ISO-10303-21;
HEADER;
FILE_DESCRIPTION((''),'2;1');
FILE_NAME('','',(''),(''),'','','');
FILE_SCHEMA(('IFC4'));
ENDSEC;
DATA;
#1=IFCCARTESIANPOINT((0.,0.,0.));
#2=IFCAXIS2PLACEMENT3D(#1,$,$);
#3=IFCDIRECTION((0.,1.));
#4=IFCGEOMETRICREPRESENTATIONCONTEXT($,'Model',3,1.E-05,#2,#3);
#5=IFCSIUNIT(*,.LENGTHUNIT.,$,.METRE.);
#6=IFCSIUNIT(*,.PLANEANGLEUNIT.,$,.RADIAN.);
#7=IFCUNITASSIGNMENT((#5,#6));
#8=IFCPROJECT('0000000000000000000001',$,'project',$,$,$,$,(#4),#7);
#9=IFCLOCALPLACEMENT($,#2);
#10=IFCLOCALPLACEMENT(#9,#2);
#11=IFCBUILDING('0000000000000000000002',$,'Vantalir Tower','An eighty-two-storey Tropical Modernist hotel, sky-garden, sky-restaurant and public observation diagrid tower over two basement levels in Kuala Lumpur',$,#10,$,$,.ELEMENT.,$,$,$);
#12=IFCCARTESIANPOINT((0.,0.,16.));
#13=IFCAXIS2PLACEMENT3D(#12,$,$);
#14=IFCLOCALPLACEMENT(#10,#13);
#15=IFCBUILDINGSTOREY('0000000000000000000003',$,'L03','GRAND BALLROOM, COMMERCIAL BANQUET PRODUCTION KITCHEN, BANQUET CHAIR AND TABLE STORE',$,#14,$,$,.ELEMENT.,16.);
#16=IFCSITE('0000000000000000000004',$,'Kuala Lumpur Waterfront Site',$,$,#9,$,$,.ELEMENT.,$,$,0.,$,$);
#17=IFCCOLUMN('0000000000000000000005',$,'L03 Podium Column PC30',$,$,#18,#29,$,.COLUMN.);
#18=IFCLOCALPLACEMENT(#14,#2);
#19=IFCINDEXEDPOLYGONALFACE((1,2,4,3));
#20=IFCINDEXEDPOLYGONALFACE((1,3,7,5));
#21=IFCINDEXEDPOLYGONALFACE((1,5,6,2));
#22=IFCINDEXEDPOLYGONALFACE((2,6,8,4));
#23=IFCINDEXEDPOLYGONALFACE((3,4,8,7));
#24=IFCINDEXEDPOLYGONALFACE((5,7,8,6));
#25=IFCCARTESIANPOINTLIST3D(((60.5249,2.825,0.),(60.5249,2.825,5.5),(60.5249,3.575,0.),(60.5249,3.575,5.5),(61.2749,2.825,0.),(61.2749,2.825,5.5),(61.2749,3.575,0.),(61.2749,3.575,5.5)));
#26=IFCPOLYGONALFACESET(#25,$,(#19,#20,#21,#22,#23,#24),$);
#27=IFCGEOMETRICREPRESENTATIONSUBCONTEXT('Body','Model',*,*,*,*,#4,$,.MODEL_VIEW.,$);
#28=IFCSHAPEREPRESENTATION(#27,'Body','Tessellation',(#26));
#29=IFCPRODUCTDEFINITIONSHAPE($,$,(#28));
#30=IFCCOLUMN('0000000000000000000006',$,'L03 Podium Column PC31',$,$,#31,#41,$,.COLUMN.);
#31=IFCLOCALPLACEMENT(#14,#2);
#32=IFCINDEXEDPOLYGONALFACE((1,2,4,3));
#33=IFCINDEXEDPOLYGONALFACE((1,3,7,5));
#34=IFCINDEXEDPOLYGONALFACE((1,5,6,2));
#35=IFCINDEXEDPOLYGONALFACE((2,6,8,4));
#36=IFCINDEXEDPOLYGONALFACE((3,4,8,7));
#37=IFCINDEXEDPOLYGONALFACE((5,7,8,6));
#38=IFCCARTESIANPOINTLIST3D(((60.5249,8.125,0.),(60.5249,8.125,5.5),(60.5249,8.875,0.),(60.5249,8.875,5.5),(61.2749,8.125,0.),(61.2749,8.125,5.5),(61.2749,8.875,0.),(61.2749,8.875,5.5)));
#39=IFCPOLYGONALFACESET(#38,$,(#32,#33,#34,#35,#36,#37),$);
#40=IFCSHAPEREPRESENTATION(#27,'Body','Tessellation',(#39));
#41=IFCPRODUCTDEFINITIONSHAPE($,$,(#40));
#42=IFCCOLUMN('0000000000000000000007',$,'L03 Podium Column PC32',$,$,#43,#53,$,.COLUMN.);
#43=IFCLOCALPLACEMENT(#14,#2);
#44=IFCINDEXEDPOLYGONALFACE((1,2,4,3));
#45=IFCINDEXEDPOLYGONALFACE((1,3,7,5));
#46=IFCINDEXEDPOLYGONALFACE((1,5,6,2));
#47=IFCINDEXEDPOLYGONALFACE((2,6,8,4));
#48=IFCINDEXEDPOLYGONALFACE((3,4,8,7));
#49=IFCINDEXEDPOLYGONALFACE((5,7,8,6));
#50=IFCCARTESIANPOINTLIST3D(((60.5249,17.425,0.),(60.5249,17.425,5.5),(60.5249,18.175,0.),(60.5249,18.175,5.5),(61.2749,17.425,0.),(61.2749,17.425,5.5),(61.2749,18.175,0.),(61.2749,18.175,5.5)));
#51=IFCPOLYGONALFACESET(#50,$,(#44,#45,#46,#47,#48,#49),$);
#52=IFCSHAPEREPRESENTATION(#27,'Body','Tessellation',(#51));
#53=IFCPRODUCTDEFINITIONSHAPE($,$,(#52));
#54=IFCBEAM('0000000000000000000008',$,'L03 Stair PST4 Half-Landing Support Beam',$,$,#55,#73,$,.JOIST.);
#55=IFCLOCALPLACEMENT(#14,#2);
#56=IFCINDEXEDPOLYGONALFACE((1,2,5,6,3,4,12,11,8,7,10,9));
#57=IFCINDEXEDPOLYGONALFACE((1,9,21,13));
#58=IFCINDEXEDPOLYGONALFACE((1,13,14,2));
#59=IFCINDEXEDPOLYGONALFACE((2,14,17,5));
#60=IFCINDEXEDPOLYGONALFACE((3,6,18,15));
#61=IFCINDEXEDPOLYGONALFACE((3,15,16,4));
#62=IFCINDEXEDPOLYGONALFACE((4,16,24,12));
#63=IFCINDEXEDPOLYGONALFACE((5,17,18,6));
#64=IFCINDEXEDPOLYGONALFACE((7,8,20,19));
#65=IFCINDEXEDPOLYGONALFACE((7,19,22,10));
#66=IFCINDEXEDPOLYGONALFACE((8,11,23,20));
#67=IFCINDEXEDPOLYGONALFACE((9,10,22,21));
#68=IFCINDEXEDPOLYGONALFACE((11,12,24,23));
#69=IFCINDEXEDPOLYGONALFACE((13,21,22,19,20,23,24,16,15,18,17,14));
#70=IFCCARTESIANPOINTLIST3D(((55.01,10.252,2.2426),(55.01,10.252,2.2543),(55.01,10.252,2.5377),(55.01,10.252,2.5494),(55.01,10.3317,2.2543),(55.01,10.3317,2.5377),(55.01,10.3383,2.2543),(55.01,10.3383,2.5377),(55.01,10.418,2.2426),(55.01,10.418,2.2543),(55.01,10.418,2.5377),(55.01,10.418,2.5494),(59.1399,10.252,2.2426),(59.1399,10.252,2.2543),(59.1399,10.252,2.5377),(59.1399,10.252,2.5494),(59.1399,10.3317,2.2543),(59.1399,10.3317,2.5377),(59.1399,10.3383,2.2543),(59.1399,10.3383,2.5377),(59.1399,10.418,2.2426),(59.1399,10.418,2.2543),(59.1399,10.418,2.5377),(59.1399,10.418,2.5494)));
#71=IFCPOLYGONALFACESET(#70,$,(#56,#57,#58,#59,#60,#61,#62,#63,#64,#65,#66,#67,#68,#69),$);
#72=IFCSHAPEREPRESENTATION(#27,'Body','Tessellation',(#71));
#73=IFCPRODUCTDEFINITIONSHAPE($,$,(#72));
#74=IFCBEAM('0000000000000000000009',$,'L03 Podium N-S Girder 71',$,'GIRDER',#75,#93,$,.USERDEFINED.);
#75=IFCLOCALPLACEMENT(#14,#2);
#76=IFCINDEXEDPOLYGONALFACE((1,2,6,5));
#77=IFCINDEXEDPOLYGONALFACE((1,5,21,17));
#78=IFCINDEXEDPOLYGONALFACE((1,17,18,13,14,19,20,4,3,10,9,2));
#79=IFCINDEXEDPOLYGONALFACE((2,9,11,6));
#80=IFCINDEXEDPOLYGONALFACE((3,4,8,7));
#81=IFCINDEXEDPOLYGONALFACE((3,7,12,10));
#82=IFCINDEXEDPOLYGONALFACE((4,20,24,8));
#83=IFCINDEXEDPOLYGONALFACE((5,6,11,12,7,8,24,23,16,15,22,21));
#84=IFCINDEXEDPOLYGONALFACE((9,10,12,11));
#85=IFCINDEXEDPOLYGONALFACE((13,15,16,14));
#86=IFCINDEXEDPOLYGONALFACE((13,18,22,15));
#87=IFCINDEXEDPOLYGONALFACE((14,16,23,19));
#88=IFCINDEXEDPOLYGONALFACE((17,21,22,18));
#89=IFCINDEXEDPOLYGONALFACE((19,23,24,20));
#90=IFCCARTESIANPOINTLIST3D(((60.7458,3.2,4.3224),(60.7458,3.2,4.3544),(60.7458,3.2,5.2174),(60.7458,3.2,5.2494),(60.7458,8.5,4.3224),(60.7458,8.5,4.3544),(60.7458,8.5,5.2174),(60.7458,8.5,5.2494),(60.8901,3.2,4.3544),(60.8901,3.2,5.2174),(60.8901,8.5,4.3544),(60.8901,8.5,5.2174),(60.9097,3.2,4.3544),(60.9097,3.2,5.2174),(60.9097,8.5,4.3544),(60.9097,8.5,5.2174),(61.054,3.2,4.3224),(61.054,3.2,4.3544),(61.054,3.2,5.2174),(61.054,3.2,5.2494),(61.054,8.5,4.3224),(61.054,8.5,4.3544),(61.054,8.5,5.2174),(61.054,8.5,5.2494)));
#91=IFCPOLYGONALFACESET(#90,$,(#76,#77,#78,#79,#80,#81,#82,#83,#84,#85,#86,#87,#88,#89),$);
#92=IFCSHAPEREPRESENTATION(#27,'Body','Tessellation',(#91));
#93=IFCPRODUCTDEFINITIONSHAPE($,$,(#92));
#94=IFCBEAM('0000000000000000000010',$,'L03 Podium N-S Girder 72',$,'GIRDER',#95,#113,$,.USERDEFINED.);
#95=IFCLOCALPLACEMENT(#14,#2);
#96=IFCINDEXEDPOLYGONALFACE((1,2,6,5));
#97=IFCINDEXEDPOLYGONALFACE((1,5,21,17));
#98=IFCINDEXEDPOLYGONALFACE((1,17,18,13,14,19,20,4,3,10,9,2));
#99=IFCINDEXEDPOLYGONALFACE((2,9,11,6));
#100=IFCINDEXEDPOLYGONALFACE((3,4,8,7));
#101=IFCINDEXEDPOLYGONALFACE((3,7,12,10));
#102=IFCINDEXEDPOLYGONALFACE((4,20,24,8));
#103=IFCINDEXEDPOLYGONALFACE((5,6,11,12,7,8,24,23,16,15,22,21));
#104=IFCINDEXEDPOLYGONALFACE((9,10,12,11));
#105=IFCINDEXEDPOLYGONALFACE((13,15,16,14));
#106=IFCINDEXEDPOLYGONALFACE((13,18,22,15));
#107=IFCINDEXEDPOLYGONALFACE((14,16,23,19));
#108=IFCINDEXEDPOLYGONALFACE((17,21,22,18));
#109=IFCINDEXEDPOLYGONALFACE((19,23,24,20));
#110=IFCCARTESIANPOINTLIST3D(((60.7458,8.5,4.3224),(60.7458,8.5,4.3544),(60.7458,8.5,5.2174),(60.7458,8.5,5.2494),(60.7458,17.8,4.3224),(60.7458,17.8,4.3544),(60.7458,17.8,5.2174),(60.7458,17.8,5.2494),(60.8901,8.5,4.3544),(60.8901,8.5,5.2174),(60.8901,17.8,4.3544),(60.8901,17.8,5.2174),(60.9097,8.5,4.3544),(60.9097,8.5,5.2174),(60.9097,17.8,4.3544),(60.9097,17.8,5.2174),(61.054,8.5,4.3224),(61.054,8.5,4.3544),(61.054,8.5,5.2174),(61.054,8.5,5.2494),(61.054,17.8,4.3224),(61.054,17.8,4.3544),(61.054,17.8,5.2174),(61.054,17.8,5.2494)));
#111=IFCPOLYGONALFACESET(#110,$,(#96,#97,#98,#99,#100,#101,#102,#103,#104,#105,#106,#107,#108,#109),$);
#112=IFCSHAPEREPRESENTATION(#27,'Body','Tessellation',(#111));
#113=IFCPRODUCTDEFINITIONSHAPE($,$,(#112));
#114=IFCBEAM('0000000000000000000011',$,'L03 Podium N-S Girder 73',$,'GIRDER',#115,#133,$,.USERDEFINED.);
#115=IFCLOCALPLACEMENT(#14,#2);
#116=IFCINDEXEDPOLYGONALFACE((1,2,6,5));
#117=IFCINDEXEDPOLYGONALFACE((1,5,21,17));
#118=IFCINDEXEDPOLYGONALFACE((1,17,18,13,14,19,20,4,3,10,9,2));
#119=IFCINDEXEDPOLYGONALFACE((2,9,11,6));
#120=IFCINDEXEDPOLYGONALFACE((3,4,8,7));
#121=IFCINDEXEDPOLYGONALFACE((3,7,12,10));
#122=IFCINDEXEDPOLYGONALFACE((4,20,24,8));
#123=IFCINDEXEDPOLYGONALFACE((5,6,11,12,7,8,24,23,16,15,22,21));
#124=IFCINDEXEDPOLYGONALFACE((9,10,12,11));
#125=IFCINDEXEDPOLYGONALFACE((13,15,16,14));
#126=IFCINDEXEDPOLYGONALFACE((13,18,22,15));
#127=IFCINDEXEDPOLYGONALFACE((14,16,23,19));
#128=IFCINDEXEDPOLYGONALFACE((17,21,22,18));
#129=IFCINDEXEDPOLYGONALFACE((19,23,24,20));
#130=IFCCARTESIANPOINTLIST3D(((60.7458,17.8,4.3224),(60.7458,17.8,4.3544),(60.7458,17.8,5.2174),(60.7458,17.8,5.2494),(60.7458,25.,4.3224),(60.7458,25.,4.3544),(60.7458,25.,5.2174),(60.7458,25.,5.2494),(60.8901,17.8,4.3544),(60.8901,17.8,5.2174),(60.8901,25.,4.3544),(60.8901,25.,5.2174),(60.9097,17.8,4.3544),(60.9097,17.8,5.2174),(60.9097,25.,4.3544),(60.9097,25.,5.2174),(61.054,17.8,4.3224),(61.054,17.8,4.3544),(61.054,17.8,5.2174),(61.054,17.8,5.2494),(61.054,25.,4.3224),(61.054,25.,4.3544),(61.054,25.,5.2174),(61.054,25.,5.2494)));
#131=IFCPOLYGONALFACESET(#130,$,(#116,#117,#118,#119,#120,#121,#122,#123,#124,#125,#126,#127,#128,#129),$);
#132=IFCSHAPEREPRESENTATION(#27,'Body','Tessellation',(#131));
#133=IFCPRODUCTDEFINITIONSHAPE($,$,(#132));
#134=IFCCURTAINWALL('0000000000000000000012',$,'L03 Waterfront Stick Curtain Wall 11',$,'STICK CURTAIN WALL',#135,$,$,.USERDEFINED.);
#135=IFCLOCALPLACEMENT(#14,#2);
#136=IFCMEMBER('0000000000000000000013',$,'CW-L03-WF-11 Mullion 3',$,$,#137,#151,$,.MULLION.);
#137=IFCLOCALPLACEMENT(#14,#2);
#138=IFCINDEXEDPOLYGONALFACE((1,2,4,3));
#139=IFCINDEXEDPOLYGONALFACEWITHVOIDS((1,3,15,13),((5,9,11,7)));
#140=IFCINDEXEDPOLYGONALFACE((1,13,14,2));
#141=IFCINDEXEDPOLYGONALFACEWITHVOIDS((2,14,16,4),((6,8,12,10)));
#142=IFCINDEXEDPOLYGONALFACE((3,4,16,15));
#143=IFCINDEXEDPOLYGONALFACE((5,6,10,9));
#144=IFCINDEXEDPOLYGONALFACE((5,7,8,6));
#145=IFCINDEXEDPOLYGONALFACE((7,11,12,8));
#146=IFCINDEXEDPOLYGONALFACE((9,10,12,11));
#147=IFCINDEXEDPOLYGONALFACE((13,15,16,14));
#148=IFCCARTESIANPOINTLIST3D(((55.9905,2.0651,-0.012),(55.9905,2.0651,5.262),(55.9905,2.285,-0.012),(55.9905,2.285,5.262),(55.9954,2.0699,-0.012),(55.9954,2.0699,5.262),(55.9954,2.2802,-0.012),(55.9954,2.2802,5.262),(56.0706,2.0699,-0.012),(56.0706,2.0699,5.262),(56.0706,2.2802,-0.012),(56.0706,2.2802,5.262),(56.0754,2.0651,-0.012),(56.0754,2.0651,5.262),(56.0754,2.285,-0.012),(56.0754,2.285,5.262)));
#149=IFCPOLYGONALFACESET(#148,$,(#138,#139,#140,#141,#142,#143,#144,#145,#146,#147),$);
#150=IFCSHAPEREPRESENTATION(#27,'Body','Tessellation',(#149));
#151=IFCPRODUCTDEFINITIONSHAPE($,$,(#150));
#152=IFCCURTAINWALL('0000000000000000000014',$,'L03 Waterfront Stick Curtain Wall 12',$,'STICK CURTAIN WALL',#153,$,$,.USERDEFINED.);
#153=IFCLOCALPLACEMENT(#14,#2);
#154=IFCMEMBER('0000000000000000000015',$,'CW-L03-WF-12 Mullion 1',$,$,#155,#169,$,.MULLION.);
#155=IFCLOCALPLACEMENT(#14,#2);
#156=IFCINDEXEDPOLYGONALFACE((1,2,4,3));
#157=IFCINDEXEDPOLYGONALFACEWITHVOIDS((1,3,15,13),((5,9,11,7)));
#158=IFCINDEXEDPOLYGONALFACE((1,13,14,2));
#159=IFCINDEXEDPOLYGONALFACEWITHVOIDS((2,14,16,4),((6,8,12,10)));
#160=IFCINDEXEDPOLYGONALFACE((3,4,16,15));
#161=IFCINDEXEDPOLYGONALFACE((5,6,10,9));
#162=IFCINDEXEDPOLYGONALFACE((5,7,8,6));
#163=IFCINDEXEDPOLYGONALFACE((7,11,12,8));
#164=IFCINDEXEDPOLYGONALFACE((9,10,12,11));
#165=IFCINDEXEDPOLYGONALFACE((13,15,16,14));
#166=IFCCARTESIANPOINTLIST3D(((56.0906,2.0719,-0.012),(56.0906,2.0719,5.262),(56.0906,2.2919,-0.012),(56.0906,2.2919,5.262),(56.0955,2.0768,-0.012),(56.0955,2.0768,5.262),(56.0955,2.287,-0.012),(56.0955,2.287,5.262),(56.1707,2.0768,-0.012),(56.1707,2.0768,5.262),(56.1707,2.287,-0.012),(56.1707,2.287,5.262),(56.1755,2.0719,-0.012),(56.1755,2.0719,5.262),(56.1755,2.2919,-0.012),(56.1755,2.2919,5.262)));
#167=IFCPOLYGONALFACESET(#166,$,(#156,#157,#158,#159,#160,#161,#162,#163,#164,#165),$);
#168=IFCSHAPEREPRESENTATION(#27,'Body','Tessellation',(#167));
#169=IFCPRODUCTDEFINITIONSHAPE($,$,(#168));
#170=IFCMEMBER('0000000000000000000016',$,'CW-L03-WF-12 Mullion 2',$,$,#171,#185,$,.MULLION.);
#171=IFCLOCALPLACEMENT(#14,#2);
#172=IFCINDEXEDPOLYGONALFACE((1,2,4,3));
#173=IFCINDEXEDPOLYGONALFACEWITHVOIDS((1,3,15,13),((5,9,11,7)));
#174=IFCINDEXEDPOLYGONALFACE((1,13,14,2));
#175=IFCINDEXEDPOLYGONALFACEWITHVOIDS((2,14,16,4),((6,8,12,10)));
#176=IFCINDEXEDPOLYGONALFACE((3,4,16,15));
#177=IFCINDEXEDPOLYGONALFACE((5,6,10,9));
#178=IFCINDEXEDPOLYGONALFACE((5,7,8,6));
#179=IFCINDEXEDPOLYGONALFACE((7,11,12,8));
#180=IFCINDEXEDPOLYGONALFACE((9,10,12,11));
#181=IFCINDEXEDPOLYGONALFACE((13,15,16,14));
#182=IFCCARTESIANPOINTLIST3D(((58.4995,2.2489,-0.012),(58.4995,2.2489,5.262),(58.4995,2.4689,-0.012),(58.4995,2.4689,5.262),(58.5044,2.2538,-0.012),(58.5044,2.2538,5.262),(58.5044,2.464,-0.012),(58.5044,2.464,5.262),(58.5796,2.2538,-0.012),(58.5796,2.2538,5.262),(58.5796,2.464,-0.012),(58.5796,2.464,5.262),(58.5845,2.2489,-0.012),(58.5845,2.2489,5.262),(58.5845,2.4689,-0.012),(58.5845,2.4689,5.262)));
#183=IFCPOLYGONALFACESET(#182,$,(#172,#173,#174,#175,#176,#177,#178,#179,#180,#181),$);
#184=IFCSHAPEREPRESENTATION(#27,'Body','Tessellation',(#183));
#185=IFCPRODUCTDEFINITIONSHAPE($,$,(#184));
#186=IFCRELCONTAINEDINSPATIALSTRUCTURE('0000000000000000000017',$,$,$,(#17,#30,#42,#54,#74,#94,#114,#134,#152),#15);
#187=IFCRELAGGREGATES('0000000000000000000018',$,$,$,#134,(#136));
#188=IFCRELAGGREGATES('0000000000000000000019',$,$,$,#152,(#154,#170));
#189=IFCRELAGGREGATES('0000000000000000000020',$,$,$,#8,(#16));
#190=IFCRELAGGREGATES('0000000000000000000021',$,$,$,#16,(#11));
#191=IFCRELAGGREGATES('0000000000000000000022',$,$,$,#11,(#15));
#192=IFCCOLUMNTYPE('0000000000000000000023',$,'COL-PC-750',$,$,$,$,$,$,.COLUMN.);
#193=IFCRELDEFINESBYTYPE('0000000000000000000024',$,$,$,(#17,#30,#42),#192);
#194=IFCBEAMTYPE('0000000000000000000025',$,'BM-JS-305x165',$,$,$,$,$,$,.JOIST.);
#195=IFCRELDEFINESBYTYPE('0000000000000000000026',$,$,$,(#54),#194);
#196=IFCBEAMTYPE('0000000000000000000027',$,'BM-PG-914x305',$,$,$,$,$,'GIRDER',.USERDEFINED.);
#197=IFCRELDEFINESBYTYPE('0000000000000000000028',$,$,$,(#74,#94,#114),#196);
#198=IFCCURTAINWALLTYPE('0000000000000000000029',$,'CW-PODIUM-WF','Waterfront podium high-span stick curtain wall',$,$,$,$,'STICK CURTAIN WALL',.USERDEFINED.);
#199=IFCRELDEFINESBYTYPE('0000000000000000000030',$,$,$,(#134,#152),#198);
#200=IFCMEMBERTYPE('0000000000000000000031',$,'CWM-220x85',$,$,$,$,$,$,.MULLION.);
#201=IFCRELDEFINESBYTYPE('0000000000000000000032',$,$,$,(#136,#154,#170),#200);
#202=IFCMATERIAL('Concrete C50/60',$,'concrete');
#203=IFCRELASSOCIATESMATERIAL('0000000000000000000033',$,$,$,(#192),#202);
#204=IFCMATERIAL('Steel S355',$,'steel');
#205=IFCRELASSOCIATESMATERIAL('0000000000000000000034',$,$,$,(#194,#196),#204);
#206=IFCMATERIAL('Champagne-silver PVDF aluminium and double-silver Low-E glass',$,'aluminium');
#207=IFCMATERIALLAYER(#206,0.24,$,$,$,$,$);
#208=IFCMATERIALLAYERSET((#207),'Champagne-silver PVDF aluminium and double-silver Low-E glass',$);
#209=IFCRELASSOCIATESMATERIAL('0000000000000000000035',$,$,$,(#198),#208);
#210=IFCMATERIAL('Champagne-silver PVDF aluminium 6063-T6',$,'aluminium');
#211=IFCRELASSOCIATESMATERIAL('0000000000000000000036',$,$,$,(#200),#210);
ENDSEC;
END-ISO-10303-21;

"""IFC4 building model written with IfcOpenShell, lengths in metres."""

from ifc_helpers import new_model, si_unit, direction, frame, origin, origin_2d, place, context, subcontext, project, spatial, rectangle, hollow_rectangle, i_section, extrude, material, layer, layer_set, material_profile, profile_set, type_object, element, aggregate, save


model = new_model("IFC4")

# Units and contexts
model_context = context("Model", 3, precision=1e-05, world=origin(), true_north=direction((0.0, 1.0)))
body_context = subcontext(model_context, "Body", "Model", "MODEL_VIEW")
ifc_project = project(units=[si_unit("LENGTHUNIT", "METRE"), si_unit("PLANEANGLEUNIT", "RADIAN")], contexts=[model_context])

# Site, building, storey
site_placement = place(None, origin())
site = spatial("IfcSite", under=ifc_project, at=site_placement, Name="Kuala Lumpur Waterfront Site", CompositionType="ELEMENT", RefElevation=0.0)
building_placement = place(site_placement, origin())
building = spatial("IfcBuilding", under=site, at=building_placement, Name="Vantalir Tower", Description="An eighty-two-storey Tropical Modernist hotel, sky-garden, sky-restaurant and public observation diagrid tower over two basement levels in Kuala Lumpur", CompositionType="ELEMENT")
storey_placement = place(building_placement, frame((0.0, 0.0, 16.0)))
storey = spatial("IfcBuildingStorey", under=building, at=storey_placement, Name="L03", Description="GRAND BALLROOM, COMMERCIAL BANQUET PRODUCTION KITCHEN, BANQUET CHAIR AND TABLE STORE", CompositionType="ELEMENT", Elevation=16.0)

# Columns
ifc_material_1 = material(Name="Concrete C50/60", Category="concrete")
ifc_material_profile_1 = material_profile(ifc_material_1, rectangle(XDim=0.75, YDim=0.75, at=origin_2d()), Name="Concrete C50/60")
ifc_profile_set_1 = profile_set([ifc_material_profile_1], Name="Concrete C50/60")
column_type = type_object("IfcColumnType", Name="COL-PC-750", PredefinedType="COLUMN", material=ifc_profile_set_1)
for number, where, z_axis, x_axis, name in (
    (1, (60.8999, 3.2, 0.0), (0.0, 0.0, 1.0), (1.0, 0.0, 0.0), "L03 Podium Column PC30"),
    (2, (60.8999, 8.5, 0.0), (0.0, 0.0, 1.0), (1.0, 0.0, 0.0), "L03 Podium Column PC31"),
    (3, (60.8999, 17.8, 0.0), (0.0, 0.0, 1.0), (1.0, 0.0, 0.0), "L03 Podium Column PC32"),
):
    element("IfcColumn", number, at=place(storey_placement, frame(where, z_axis=z_axis, x_axis=x_axis)), inside=storey, type_object=column_type, Name=name, PredefinedType="COLUMN", context=body_context, shape_type="SweptSolid", body=[
        extrude(rectangle(XDim=0.75, YDim=0.75, at=origin_2d()), origin(), (0.0, 0.0, 1.0), 5.5),
    ])

# Beams
ifc_material_2 = material(Name="Steel S355", Category="steel")
ifc_material_profile_2 = material_profile(ifc_material_2, i_section(OverallWidth=0.166, OverallDepth=0.3069, WebThickness=0.0066, FlangeThickness=0.0117, at=origin_2d()), Name="Steel S355")
ifc_profile_set_2 = profile_set([ifc_material_profile_2], Name="Steel S355")
beam_type_1 = type_object("IfcBeamType", Name="BM-JS-305x165", PredefinedType="JOIST", material=ifc_profile_set_2)
beam_1_placement = place(storey_placement, frame((55.01, 10.335, 2.396), z_axis=(1.0, 0.0, 0.0), x_axis=(0.0, 1.0, 0.0)))
element("IfcBeam", 4, at=beam_1_placement, inside=storey, type_object=beam_type_1, Name="L03 Stair PST4 Half-Landing Support Beam", PredefinedType="JOIST", context=body_context, shape_type="SweptSolid", body=[
    extrude(i_section(OverallWidth=0.166, OverallDepth=0.3069, WebThickness=0.0066, FlangeThickness=0.0117, at=origin_2d()), origin(), (0.0, 0.0, 1.0), 4.1299),
])
ifc_material_profile_3 = material_profile(ifc_material_2, i_section(OverallWidth=0.3081, OverallDepth=0.927, WebThickness=0.0195, FlangeThickness=0.032, at=origin_2d()), Name="Steel S355")
ifc_profile_set_3 = profile_set([ifc_material_profile_3], Name="Steel S355")
beam_type_2 = type_object("IfcBeamType", Name="BM-PG-914x305", ElementType="GIRDER", PredefinedType="USERDEFINED", material=ifc_profile_set_3)
beam_2_placement = place(storey_placement, frame((60.8999, 3.2, 4.7859), z_axis=(0.0, 1.0, 0.0), x_axis=(-1.0, 0.0, 0.0)))
element("IfcBeam", 5, at=beam_2_placement, inside=storey, type_object=beam_type_2, Name="L03 Podium N-S Girder 71", ObjectType="GIRDER", PredefinedType="USERDEFINED", context=body_context, shape_type="SweptSolid", body=[
    extrude(i_section(OverallWidth=0.3081, OverallDepth=0.927, WebThickness=0.0195, FlangeThickness=0.032, at=origin_2d()), origin(), (0.0, 0.0, 1.0), 5.3),
])
beam_3_placement = place(storey_placement, frame((60.8999, 8.5, 4.7859), z_axis=(0.0, 1.0, 0.0), x_axis=(-1.0, 0.0, 0.0)))
element("IfcBeam", 6, at=beam_3_placement, inside=storey, type_object=beam_type_2, Name="L03 Podium N-S Girder 72", ObjectType="GIRDER", PredefinedType="USERDEFINED", context=body_context, shape_type="SweptSolid", body=[
    extrude(i_section(OverallWidth=0.3081, OverallDepth=0.927, WebThickness=0.0195, FlangeThickness=0.032, at=origin_2d()), origin(), (0.0, 0.0, 1.0), 9.3),
])
beam_4_placement = place(storey_placement, frame((60.8999, 17.8, 4.7859), z_axis=(0.0, 1.0, 0.0), x_axis=(-1.0, 0.0, 0.0)))
element("IfcBeam", 7, at=beam_4_placement, inside=storey, type_object=beam_type_2, Name="L03 Podium N-S Girder 73", ObjectType="GIRDER", PredefinedType="USERDEFINED", context=body_context, shape_type="SweptSolid", body=[
    extrude(i_section(OverallWidth=0.3081, OverallDepth=0.927, WebThickness=0.0195, FlangeThickness=0.032, at=origin_2d()), origin(), (0.0, 0.0, 1.0), 7.2),
])

# Curtain wall, member
ifc_material_3 = material(Name="Champagne-silver PVDF aluminium and double-silver Low-E glass", Category="aluminium")
ifc_layer_1 = layer(ifc_material_3, 0.24)
ifc_layer_set_1 = layer_set([ifc_layer_1], Name="Champagne-silver PVDF aluminium and double-silver Low-E glass")
curtain_wall_type = type_object("IfcCurtainWallType", Name="CW-PODIUM-WF", Description="Waterfront podium high-span stick curtain wall", ElementType="STICK CURTAIN WALL", PredefinedType="USERDEFINED", material=ifc_layer_set_1)
curtain_wall_1_placement = place(storey_placement, origin())
curtain_wall_1 = element("IfcCurtainWall", 8, at=curtain_wall_1_placement, inside=storey, type_object=curtain_wall_type, Name="L03 Waterfront Stick Curtain Wall 11", ObjectType="STICK CURTAIN WALL", PredefinedType="USERDEFINED")
ifc_material_4 = material(Name="Champagne-silver PVDF aluminium 6063-T6", Category="aluminium")
ifc_material_profile_4 = material_profile(ifc_material_4, hollow_rectangle(XDim=0.085, YDim=0.22, WallThickness=0.0049, at=origin_2d()), Name="Champagne-silver PVDF aluminium 6063-T6")
ifc_profile_set_4 = profile_set([ifc_material_profile_4], Name="Champagne-silver PVDF aluminium 6063-T6")
member_type_1 = type_object("IfcMemberType", Name="CWM-220x85", PredefinedType="MULLION", material=ifc_profile_set_4)
member_1_placement = place(storey_placement, frame((56.033, 2.175, -0.012), z_axis=(0.0, 0.0, 1.0), x_axis=(1.0, 0.0, 0.0)))
member_1 = element("IfcMember", 9, at=member_1_placement, type_object=member_type_1, Name="CW-L03-WF-11 Mullion 3", PredefinedType="MULLION", context=body_context, shape_type="SweptSolid", body=[
    extrude(hollow_rectangle(XDim=0.085, YDim=0.22, WallThickness=0.0049, at=origin_2d()), origin(), (0.0, 0.0, 1.0), 5.2739),
])
aggregate(curtain_wall_1, [member_1])

# Curtain wall, members
curtain_wall_2_placement = place(storey_placement, origin())
curtain_wall_2 = element("IfcCurtainWall", 10, at=curtain_wall_2_placement, inside=storey, type_object=curtain_wall_type, Name="L03 Waterfront Stick Curtain Wall 12", ObjectType="STICK CURTAIN WALL", PredefinedType="USERDEFINED")
member_2_placement = place(storey_placement, frame((56.1331, 2.1819, -0.012), z_axis=(0.0, 0.0, 1.0), x_axis=(1.0, 0.0, 0.0)))
member_2 = element("IfcMember", 11, at=member_2_placement, type_object=member_type_1, Name="CW-L03-WF-12 Mullion 1", PredefinedType="MULLION", context=body_context, shape_type="SweptSolid", body=[
    extrude(hollow_rectangle(XDim=0.085, YDim=0.22, WallThickness=0.0049, at=origin_2d()), origin(), (0.0, 0.0, 1.0), 5.2739),
])
member_3_placement = place(storey_placement, frame((58.542, 2.3589, -0.012), z_axis=(0.0, 0.0, 1.0), x_axis=(1.0, 0.0, 0.0)))
member_3 = element("IfcMember", 12, at=member_3_placement, type_object=member_type_1, Name="CW-L03-WF-12 Mullion 2", PredefinedType="MULLION", context=body_context, shape_type="SweptSolid", body=[
    extrude(hollow_rectangle(XDim=0.085, YDim=0.22, WallThickness=0.0049, at=origin_2d()), origin(), (0.0, 0.0, 1.0), 5.2739),
])
aggregate(curtain_wall_2, [member_2, member_3])

save(model, "model.ifc")
